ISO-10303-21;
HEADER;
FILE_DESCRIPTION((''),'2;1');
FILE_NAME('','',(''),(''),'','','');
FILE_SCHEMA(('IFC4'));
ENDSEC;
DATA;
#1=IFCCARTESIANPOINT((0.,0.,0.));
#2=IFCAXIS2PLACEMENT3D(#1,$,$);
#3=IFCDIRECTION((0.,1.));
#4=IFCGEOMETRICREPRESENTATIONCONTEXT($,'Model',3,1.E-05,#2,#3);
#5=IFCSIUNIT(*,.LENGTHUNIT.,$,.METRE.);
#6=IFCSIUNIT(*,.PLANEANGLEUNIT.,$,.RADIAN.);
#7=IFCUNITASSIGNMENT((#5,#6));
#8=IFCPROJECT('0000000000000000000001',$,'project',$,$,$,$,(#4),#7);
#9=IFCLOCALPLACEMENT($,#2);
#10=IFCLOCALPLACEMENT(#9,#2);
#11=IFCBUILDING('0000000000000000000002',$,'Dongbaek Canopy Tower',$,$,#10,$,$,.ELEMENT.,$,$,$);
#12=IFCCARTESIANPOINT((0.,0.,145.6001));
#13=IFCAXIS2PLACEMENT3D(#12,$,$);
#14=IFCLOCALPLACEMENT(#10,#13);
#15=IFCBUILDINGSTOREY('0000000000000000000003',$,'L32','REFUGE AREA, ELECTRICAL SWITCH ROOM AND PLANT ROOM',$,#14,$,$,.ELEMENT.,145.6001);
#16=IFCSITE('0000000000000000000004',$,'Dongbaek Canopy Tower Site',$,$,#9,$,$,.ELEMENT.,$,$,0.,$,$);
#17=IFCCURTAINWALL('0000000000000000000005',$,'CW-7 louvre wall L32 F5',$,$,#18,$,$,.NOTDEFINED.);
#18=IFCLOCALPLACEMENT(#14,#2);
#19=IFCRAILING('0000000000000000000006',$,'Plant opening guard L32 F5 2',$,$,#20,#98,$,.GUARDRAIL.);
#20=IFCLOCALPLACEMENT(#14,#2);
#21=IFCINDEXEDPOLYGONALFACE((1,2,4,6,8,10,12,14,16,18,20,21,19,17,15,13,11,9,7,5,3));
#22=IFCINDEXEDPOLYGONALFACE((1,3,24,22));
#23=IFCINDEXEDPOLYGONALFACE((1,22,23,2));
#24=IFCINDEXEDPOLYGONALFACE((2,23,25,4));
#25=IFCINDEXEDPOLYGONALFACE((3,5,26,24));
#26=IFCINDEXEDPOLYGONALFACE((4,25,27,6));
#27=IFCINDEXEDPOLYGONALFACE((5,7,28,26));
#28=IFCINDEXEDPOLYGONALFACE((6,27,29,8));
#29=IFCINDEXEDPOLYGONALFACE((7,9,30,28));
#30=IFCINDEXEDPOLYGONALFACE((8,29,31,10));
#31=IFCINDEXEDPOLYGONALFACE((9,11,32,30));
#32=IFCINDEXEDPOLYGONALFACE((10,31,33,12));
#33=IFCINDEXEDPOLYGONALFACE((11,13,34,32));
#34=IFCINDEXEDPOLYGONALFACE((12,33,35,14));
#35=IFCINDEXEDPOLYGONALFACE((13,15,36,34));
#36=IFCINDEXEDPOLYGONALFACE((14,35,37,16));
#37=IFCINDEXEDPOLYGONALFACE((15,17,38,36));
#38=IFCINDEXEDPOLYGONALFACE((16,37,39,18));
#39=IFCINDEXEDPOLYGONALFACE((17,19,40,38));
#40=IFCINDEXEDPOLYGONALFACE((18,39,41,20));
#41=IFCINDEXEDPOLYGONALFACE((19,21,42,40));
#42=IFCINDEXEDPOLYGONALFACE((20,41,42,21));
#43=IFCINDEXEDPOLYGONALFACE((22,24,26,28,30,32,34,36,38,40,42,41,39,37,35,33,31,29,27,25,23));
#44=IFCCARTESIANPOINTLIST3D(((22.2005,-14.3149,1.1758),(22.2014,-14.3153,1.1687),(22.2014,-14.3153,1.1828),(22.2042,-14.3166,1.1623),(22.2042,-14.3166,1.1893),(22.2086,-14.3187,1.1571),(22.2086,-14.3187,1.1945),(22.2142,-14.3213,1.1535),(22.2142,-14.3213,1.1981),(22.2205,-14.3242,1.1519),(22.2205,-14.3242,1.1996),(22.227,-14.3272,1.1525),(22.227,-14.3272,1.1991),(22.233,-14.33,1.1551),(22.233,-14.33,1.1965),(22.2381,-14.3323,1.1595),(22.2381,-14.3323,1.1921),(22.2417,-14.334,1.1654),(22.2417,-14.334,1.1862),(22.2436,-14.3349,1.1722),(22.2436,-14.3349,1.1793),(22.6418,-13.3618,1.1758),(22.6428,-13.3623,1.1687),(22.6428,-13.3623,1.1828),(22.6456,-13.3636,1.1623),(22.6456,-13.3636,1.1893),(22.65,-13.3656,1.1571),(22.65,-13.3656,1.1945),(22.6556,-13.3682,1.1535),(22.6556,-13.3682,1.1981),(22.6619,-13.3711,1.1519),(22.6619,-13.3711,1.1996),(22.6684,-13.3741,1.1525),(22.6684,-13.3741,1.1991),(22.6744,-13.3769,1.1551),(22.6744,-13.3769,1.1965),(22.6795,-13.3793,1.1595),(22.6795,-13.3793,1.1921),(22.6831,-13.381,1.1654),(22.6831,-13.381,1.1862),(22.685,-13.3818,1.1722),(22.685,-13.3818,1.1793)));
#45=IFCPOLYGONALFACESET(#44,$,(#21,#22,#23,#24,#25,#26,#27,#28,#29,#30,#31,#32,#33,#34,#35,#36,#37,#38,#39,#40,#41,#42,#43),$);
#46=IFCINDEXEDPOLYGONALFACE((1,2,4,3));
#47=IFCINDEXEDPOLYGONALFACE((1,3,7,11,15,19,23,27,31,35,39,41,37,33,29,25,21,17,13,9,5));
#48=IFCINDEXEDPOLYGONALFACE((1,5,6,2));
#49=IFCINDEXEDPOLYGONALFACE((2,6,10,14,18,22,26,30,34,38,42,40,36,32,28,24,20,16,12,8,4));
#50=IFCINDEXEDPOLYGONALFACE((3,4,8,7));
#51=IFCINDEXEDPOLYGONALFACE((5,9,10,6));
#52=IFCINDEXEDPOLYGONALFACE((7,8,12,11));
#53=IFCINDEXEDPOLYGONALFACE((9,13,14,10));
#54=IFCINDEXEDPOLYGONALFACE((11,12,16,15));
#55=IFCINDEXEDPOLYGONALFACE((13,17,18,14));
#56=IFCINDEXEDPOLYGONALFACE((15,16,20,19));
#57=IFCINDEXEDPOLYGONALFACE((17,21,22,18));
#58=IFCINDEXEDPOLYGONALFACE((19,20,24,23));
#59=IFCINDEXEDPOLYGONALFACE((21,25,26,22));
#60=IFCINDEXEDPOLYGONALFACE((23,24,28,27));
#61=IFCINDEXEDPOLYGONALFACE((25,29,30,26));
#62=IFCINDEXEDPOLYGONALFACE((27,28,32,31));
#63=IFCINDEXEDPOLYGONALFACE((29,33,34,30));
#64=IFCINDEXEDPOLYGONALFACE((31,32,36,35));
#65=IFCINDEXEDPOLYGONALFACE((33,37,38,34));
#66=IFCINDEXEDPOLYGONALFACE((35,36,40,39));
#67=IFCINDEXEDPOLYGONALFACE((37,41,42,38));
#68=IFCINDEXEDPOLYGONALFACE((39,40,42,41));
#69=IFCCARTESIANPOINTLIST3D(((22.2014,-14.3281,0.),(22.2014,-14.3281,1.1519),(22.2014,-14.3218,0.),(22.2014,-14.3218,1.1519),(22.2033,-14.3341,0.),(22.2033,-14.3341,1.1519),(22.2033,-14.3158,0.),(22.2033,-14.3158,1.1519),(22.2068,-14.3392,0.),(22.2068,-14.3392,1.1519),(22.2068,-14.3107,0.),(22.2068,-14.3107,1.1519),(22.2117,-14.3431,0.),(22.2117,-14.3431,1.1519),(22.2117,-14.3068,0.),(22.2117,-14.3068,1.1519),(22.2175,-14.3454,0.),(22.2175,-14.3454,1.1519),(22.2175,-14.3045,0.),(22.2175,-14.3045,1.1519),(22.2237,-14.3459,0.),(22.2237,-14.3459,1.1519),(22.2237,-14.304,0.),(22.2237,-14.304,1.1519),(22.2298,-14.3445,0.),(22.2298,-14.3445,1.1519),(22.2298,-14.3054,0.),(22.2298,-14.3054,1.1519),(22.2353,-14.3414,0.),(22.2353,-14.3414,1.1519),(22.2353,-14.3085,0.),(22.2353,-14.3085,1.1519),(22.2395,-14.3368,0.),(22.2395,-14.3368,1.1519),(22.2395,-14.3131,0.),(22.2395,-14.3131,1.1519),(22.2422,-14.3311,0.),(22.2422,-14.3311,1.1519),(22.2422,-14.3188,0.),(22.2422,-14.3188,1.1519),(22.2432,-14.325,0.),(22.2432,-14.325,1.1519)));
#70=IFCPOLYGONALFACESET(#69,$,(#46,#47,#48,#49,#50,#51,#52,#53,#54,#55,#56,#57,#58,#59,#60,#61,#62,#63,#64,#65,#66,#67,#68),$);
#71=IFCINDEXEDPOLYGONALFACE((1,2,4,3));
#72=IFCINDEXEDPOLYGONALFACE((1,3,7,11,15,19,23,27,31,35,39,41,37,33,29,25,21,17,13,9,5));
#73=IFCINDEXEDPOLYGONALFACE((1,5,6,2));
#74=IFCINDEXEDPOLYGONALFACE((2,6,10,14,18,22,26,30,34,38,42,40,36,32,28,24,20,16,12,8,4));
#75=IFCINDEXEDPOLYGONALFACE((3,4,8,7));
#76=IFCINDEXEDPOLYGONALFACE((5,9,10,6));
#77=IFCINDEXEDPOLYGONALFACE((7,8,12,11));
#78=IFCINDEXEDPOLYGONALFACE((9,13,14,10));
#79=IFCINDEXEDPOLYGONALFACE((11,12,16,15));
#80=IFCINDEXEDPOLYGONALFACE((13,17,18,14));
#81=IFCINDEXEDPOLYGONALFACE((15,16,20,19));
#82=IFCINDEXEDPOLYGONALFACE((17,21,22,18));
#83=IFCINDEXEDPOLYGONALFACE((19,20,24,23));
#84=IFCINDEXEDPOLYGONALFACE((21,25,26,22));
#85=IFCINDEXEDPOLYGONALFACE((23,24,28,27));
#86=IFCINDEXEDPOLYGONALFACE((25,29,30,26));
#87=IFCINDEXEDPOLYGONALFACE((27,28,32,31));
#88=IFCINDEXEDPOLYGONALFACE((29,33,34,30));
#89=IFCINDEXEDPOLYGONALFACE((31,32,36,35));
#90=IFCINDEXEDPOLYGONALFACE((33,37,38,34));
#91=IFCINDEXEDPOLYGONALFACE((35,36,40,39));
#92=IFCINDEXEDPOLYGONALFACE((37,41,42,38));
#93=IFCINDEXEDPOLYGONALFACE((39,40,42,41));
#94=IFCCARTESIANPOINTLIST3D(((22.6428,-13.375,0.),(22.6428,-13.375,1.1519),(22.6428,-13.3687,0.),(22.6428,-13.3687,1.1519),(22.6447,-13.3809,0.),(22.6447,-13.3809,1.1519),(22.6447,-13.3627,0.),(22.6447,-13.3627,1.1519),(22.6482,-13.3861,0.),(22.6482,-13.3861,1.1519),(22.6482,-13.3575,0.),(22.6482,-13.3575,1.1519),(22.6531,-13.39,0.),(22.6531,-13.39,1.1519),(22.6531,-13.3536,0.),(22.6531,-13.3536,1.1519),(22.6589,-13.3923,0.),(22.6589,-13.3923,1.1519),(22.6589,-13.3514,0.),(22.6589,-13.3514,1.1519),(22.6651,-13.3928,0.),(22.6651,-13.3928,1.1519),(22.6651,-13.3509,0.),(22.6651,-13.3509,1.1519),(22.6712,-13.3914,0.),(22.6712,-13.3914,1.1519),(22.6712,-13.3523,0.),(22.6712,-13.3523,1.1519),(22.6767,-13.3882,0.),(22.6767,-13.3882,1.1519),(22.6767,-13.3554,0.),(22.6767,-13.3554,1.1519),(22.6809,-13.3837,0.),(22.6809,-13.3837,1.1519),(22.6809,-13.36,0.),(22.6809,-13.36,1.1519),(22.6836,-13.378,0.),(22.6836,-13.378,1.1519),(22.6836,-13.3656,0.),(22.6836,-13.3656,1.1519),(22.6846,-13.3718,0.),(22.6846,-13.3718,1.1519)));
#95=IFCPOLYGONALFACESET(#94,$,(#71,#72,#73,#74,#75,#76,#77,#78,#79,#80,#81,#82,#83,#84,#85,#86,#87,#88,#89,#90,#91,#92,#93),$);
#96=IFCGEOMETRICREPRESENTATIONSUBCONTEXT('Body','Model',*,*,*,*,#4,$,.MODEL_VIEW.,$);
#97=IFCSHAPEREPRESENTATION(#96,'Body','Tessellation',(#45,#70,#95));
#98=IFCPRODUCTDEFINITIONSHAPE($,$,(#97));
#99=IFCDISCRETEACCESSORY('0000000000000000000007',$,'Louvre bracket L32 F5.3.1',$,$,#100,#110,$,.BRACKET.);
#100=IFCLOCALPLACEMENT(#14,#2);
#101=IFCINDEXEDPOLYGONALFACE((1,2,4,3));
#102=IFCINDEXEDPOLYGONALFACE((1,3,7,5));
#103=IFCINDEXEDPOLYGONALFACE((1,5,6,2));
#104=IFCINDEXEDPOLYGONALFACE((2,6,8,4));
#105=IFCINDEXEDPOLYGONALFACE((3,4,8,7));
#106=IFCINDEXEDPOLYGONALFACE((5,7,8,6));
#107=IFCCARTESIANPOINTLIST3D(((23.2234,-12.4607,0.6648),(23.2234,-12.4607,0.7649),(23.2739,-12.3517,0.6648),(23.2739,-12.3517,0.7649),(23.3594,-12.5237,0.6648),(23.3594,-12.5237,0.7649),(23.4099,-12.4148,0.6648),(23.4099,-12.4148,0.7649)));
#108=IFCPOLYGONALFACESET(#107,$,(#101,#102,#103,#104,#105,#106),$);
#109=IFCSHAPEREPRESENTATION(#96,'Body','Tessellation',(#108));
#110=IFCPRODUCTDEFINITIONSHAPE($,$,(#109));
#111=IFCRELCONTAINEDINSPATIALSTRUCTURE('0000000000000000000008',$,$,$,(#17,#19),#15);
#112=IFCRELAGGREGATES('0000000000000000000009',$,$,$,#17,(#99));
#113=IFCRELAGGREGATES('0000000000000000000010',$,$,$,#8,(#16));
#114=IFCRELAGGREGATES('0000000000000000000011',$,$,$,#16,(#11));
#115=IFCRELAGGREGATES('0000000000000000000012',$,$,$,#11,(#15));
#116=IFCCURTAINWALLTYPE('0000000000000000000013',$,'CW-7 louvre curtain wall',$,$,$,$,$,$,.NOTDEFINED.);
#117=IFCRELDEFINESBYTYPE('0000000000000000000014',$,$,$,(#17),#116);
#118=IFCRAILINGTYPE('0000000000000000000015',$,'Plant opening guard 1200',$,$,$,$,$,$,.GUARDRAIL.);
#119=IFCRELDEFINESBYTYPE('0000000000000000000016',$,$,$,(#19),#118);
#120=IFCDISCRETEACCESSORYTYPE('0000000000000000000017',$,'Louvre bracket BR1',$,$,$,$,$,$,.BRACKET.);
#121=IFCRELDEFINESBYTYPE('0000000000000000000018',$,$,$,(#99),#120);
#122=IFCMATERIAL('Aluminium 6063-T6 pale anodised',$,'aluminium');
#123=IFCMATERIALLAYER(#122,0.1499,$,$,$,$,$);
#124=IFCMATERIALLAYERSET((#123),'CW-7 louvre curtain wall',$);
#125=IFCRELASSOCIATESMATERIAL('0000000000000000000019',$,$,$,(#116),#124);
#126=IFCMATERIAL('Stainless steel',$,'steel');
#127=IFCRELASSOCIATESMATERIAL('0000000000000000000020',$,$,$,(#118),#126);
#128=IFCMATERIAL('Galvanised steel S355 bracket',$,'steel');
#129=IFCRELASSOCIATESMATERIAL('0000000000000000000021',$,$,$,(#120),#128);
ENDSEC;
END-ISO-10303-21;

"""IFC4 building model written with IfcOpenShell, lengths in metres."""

from ifc_helpers import new_model, si_unit, direction, frame, origin, origin_2d, place, context, subcontext, project, spatial, rectangle, circle, extrude, material, layer, layer_set, type_object, element, aggregate, save


model = new_model("IFC4")

# Units and contexts
model_context = context("Model", 3, precision=1e-05, world=origin(), true_north=direction((0.0, 1.0)))
body_context = subcontext(model_context, "Body", "Model", "MODEL_VIEW")
ifc_project = project(units=[si_unit("LENGTHUNIT", "METRE"), si_unit("PLANEANGLEUNIT", "RADIAN")], contexts=[model_context])

# Site, building, storey
site_placement = place(None, origin())
site = spatial("IfcSite", under=ifc_project, at=site_placement, Name="Dongbaek Canopy Tower Site", CompositionType="ELEMENT", RefElevation=0.0)
building_placement = place(site_placement, origin())
building = spatial("IfcBuilding", under=site, at=building_placement, Name="Dongbaek Canopy Tower", CompositionType="ELEMENT")
storey_placement = place(building_placement, frame((0.0, 0.0, 145.6001)))
storey = spatial("IfcBuildingStorey", under=building, at=storey_placement, Name="L32", Description="REFUGE AREA, ELECTRICAL SWITCH ROOM AND PLANT ROOM", CompositionType="ELEMENT", Elevation=145.6001)

# Curtain wall
ifc_material_1 = material(Name="Aluminium 6063-T6 pale anodised", Category="aluminium")
ifc_layer_1 = layer(ifc_material_1, 0.1499)
ifc_layer_set_1 = layer_set([ifc_layer_1], Name="CW-7 louvre curtain wall")
curtain_wall_type = type_object("IfcCurtainWallType", Name="CW-7 louvre curtain wall", PredefinedType="NOTDEFINED", material=ifc_layer_set_1)
curtain_wall_placement = place(storey_placement, origin())
curtain_wall = element("IfcCurtainWall", 1, at=curtain_wall_placement, inside=storey, type_object=curtain_wall_type, Name="CW-7 louvre wall L32 F5", PredefinedType="NOTDEFINED")

# Railing
ifc_material_2 = material(Name="Stainless steel", Category="steel")
railing_type = type_object("IfcRailingType", Name="Plant opening guard 1200", PredefinedType="GUARDRAIL", material=ifc_material_2)
railing_placement = place(storey_placement, frame((22.2222, -14.325, 0.0)))
element("IfcRailing", 2, at=railing_placement, inside=storey, type_object=railing_type, Name="Plant opening guard L32 F5 2", PredefinedType="GUARDRAIL", context=body_context, shape_type="SweptSolid", body=[
    extrude(circle(Radius=0.0239, at=origin_2d()), frame((0.0, 0.0, 1.1758), z_axis=(0.420237, 0.907414, 0.0), x_axis=(-0.907414, 0.420237, 0.0)), (0.0, 0.0, 1.0), 1.0503),
    extrude(circle(Radius=0.021, at=origin_2d()), origin(), (0.0, 0.0, 1.0), 1.1519),
    extrude(circle(Radius=0.021, at=origin_2d()), frame((0.4414, 0.9531, 0.0)), (0.0, 0.0, 1.0), 1.1519),
])

# Discrete accessory
ifc_material_3 = material(Name="Galvanised steel S355 bracket", Category="steel")
discrete_accessory_type = type_object("IfcDiscreteAccessoryType", Name="Louvre bracket BR1", PredefinedType="BRACKET", material=ifc_material_3)
discrete_accessory_placement = place(storey_placement, frame((23.3167, -12.4377, 0.6648), z_axis=(0.0, 0.0, 1.0), x_axis=(0.420334, 0.907369, 0.0)))
discrete_accessory = element("IfcDiscreteAccessory", 3, at=discrete_accessory_placement, type_object=discrete_accessory_type, Name="Louvre bracket L32 F5.3.1", PredefinedType="BRACKET", context=body_context, shape_type="SweptSolid", body=[
    extrude(rectangle(XDim=0.1201, YDim=0.1499, at=origin_2d()), origin(), (0.0, 0.0, 1.0), 0.1001),
])
aggregate(curtain_wall, [discrete_accessory])

save(model, "model.ifc")
